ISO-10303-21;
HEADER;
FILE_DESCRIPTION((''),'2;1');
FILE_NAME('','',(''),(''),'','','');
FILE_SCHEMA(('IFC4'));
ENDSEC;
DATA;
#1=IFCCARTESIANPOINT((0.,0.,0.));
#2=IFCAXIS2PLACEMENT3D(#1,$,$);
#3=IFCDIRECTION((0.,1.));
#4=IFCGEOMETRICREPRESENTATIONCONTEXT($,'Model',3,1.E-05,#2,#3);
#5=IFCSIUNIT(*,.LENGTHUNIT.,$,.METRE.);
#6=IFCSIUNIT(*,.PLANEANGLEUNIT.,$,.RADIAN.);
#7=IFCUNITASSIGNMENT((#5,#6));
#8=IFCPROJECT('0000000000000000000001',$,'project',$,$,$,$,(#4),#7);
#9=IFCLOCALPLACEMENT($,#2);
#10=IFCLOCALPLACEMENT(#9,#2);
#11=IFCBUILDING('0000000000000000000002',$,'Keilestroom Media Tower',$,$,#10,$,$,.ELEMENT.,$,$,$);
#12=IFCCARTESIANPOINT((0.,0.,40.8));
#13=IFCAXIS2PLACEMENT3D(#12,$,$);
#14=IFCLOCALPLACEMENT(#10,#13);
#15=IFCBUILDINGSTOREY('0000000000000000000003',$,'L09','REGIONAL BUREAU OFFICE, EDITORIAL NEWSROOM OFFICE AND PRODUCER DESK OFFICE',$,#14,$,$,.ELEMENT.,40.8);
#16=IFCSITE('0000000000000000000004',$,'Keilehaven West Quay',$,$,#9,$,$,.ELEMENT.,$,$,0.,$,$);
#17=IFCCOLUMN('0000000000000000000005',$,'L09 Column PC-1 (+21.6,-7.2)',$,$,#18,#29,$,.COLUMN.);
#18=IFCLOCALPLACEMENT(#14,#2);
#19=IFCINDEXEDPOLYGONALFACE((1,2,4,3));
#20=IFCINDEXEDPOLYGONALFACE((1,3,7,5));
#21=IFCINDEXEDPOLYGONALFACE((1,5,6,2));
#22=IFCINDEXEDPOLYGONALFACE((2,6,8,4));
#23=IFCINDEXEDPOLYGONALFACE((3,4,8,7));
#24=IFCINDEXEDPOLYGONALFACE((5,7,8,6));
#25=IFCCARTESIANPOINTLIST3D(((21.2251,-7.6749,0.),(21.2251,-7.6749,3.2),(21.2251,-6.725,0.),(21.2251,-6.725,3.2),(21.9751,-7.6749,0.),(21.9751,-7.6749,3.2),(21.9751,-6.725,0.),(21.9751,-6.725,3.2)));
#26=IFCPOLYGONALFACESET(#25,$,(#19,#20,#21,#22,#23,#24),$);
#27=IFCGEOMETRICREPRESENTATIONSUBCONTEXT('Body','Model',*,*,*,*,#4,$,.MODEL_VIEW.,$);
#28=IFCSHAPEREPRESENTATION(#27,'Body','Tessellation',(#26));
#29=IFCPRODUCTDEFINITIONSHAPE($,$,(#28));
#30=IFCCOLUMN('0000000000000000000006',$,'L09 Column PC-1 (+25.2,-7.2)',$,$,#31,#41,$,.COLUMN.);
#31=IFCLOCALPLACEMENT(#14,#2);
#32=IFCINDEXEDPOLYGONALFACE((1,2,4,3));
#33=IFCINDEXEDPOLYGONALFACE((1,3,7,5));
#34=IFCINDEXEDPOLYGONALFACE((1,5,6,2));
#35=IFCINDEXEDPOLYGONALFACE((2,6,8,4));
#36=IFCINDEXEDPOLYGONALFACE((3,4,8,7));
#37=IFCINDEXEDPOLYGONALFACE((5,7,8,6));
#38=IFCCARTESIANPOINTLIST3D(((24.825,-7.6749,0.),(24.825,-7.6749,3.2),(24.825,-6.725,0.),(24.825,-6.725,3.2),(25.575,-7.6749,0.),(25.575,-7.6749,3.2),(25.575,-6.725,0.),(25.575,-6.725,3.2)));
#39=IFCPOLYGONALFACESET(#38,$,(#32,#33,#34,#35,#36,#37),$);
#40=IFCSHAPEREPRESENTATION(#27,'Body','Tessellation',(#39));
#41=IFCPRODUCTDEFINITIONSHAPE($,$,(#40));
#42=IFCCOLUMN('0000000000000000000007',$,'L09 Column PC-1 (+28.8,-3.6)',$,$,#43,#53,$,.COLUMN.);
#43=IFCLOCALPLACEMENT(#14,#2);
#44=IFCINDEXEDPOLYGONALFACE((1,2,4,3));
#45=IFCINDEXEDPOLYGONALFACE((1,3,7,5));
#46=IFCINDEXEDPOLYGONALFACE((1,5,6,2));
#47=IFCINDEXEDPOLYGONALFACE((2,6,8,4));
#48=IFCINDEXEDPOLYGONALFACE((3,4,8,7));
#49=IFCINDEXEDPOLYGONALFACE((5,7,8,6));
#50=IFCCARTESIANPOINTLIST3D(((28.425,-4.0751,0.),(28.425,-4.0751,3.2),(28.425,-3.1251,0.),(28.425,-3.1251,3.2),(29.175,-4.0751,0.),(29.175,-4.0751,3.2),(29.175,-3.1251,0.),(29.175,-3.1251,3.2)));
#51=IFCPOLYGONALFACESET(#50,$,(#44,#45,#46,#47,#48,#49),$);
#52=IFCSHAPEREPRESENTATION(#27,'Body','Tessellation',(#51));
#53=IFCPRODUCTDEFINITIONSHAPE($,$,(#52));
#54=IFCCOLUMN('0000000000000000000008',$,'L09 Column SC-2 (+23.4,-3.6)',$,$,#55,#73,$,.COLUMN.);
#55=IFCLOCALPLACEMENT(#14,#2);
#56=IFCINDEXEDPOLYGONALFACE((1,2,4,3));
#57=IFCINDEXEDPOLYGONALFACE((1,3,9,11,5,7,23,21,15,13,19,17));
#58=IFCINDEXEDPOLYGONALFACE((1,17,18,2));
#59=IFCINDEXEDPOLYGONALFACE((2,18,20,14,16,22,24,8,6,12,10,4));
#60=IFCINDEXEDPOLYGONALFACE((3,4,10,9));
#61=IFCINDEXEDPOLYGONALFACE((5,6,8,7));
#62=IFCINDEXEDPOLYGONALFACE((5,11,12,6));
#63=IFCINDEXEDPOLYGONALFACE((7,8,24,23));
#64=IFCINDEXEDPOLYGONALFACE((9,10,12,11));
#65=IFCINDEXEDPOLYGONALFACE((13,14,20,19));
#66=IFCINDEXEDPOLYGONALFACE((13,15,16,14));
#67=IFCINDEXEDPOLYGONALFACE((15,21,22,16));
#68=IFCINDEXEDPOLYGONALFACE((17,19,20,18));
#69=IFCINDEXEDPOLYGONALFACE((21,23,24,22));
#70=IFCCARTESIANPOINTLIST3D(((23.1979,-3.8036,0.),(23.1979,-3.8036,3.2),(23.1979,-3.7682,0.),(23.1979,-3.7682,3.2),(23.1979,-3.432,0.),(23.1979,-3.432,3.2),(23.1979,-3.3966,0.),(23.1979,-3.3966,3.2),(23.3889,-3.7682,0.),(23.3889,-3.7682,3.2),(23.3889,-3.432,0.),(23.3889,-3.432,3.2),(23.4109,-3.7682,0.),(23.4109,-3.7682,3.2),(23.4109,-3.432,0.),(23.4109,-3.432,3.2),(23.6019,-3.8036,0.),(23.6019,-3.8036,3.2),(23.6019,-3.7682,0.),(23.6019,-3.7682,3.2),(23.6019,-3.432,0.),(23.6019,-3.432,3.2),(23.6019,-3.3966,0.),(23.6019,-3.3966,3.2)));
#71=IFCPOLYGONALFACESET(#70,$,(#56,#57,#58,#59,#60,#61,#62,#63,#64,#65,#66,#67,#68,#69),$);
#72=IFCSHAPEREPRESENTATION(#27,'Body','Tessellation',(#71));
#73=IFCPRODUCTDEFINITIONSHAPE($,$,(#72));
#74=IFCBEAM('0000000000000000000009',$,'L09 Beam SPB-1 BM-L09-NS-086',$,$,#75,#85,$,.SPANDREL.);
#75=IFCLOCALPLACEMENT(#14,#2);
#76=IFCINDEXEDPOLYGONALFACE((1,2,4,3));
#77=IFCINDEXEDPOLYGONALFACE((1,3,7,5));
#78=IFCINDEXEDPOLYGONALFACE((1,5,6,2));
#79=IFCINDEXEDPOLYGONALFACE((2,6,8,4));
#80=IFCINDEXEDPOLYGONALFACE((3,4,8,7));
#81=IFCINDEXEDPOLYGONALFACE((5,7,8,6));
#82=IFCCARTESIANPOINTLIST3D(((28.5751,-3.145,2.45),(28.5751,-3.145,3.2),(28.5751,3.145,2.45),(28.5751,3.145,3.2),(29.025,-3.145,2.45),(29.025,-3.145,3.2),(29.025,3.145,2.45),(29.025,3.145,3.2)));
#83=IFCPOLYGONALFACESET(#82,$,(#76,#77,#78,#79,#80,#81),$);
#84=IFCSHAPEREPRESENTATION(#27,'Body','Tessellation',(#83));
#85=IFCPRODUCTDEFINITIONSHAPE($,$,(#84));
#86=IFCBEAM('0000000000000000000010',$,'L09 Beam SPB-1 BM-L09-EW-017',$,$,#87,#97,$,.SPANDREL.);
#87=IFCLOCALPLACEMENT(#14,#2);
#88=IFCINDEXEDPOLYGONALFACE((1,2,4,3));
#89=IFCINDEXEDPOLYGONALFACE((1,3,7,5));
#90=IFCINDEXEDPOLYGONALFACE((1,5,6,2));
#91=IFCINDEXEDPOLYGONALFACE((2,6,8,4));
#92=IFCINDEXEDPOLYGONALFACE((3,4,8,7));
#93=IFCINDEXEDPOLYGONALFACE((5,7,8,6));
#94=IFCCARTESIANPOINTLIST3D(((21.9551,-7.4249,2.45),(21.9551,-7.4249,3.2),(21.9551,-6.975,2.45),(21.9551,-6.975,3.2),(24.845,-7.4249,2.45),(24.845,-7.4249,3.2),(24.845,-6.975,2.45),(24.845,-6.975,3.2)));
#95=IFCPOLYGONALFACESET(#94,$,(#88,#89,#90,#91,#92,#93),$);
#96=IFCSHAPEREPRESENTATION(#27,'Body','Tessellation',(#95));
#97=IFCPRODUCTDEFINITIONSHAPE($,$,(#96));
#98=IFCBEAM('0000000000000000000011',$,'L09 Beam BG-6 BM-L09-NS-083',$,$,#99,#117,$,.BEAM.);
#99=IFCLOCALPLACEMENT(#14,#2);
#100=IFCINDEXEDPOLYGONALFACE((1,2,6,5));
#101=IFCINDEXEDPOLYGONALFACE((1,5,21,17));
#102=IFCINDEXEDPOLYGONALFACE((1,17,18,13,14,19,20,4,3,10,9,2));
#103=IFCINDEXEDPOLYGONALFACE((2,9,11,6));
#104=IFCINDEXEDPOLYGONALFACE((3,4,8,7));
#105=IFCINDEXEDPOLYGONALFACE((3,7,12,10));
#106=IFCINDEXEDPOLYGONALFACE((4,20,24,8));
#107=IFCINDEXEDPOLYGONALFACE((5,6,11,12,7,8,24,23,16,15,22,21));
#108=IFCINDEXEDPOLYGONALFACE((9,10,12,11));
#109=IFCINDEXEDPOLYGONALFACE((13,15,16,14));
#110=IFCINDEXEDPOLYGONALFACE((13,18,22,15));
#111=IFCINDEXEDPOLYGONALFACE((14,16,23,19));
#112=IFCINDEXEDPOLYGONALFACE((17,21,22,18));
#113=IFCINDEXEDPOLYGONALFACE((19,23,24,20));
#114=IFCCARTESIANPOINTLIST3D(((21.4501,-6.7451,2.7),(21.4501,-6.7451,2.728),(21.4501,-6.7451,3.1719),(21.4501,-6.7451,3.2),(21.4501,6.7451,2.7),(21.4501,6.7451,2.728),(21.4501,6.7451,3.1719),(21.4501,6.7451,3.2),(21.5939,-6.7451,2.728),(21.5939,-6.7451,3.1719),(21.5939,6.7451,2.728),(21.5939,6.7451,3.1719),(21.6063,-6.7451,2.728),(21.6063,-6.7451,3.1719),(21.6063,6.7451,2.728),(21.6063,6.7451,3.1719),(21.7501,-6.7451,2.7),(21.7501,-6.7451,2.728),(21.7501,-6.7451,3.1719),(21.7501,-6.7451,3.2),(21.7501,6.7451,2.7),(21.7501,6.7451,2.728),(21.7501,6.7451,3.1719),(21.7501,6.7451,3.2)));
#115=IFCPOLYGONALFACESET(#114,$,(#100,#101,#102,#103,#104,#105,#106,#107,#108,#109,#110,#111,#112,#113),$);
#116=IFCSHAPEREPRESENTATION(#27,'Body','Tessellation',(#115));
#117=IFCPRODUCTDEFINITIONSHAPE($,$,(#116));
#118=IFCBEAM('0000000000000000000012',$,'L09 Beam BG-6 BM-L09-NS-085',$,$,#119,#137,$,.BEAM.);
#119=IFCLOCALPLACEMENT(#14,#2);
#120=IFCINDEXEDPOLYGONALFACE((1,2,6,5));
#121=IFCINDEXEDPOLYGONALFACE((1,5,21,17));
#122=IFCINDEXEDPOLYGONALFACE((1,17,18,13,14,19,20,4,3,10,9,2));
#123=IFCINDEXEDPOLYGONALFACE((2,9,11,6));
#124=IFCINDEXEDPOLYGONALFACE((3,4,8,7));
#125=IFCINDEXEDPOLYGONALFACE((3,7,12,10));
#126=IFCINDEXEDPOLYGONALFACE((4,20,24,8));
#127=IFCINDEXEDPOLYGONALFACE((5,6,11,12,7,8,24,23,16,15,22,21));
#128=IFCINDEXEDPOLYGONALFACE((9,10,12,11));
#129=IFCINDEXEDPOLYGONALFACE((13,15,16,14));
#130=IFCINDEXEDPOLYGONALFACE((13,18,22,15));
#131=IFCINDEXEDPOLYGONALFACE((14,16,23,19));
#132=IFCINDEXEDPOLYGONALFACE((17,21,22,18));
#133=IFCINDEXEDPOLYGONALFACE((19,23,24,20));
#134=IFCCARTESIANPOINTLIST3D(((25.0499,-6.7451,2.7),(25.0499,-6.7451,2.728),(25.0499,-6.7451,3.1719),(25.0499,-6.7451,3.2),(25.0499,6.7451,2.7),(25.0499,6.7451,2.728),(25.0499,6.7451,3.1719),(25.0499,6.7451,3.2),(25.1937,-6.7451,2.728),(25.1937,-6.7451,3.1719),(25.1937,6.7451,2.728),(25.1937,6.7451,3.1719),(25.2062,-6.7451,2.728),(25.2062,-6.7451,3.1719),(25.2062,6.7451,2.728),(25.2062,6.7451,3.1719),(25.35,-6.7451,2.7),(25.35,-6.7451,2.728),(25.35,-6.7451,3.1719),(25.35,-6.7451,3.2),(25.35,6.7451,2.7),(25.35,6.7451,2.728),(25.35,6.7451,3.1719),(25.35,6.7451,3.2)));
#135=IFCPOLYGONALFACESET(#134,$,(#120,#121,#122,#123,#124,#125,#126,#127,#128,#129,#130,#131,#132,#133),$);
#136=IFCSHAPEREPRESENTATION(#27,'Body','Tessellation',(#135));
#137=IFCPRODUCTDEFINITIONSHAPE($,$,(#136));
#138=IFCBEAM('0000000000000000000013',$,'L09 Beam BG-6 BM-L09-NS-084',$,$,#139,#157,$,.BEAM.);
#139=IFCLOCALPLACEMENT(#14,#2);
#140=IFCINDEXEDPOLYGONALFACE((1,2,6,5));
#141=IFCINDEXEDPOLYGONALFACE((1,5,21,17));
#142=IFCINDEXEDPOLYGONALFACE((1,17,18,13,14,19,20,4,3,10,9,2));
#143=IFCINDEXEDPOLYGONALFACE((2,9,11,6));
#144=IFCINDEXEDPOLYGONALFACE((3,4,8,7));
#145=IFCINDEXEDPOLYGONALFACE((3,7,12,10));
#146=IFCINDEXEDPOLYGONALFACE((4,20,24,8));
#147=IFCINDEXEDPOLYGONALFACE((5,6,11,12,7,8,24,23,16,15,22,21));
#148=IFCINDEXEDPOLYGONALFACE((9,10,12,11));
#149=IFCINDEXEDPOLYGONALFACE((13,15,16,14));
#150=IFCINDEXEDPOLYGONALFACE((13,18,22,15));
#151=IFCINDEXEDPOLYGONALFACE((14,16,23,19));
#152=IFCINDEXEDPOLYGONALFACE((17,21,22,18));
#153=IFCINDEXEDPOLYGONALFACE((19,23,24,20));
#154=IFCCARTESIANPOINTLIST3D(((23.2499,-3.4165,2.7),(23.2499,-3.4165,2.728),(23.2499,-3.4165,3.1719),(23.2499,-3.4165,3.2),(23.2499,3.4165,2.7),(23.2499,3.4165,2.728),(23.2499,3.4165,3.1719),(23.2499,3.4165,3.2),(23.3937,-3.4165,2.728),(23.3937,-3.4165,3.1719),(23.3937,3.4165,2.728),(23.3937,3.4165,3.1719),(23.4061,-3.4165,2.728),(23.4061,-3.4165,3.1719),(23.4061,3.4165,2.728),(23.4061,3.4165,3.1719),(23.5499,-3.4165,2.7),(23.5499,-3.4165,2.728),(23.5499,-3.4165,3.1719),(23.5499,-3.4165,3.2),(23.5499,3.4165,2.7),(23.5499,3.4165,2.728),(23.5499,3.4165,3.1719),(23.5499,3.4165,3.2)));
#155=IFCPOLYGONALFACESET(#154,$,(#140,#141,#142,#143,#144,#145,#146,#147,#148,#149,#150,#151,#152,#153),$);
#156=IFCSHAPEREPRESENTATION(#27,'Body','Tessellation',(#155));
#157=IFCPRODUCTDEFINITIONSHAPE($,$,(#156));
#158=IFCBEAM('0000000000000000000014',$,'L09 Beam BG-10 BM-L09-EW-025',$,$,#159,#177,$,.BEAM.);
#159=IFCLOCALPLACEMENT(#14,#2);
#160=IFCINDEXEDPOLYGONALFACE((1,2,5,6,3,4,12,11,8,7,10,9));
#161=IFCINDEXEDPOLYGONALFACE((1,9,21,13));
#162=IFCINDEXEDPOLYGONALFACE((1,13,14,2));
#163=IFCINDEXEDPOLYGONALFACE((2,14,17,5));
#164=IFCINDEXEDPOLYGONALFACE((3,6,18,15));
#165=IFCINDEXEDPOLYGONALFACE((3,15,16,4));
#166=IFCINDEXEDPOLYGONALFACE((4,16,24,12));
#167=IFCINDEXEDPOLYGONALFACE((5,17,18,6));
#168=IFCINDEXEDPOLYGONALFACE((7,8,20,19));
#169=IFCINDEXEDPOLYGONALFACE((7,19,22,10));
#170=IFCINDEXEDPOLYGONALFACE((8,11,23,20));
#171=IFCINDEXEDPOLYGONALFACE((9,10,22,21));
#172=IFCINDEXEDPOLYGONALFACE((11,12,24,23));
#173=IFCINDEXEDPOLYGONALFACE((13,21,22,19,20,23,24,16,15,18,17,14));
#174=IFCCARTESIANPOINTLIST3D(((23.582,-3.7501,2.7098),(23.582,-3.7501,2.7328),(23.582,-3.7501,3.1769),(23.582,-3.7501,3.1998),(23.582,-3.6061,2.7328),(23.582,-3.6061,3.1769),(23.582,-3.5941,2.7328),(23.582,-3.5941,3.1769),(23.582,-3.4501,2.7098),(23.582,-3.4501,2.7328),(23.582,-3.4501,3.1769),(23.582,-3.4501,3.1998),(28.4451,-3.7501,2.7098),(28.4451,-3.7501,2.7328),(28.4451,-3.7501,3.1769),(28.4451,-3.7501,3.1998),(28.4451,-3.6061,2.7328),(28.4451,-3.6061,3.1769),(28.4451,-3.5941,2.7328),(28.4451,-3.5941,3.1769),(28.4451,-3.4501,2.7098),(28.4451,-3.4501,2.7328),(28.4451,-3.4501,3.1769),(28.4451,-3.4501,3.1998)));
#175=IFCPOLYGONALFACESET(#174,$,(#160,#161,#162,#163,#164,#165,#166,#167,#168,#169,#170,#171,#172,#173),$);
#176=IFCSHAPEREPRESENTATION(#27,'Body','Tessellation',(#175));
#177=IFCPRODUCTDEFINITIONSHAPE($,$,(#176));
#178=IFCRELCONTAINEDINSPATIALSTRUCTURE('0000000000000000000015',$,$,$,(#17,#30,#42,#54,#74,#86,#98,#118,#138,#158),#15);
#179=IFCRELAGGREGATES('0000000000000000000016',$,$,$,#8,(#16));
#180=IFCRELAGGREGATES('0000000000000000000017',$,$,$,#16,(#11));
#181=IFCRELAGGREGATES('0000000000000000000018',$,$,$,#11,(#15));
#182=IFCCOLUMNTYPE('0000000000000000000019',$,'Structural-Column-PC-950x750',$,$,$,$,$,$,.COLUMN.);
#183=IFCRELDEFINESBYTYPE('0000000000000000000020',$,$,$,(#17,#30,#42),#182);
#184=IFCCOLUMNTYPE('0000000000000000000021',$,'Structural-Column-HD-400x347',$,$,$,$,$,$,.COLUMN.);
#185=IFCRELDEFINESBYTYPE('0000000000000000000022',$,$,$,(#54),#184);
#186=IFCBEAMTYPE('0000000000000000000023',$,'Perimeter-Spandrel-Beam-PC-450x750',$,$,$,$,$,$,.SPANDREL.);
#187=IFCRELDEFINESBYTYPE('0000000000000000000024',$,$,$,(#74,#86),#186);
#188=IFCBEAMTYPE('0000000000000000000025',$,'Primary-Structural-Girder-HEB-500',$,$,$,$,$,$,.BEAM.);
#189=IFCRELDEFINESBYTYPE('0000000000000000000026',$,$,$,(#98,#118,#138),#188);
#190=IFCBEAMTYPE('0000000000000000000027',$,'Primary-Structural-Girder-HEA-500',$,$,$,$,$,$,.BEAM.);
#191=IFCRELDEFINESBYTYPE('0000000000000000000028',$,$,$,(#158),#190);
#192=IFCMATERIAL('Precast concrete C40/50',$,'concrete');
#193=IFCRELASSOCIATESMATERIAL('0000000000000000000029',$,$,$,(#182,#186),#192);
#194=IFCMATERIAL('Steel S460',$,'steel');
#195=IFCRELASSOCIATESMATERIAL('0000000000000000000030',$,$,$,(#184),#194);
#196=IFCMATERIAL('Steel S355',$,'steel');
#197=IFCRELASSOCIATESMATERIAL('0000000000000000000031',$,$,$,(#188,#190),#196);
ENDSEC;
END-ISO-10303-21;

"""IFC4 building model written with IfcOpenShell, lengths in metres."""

from ifc_helpers import new_model, si_unit, direction, frame, origin, origin_2d, place, context, subcontext, project, spatial, rectangle, i_section, extrude, source, transform, mapped, material, material_profile, profile_set, type_object, element, save


model = new_model("IFC4")

# Units and contexts
model_context = context("Model", 3, precision=1e-05, world=origin(), true_north=direction((0.0, 1.0)))
body_context = subcontext(model_context, "Body", "Model", "MODEL_VIEW")
ifc_project = project(units=[si_unit("LENGTHUNIT", "METRE"), si_unit("PLANEANGLEUNIT", "RADIAN")], contexts=[model_context])

# Site, building, storey
site_placement = place(None, origin())
site = spatial("IfcSite", under=ifc_project, at=site_placement, Name="Keilehaven West Quay", CompositionType="ELEMENT", RefElevation=0.0)
building_placement = place(site_placement, origin())
building = spatial("IfcBuilding", under=site, at=building_placement, Name="Keilestroom Media Tower", CompositionType="ELEMENT")
storey_placement = place(building_placement, frame((0.0, 0.0, 40.8)))
storey = spatial("IfcBuildingStorey", under=building, at=storey_placement, Name="L09", Description="REGIONAL BUREAU OFFICE, EDITORIAL NEWSROOM OFFICE AND PRODUCER DESK OFFICE", CompositionType="ELEMENT", Elevation=40.8)

# Columns
ifc_material_1 = material(Name="Precast concrete C40/50", Category="concrete")
ifc_material_profile_1 = material_profile(ifc_material_1, rectangle(XDim=0.75, YDim=0.95, at=origin_2d()), Name="PC 950x750")
ifc_profile_set_1 = profile_set([ifc_material_profile_1], Name="Precast concrete C40/50")
column_type_1 = type_object("IfcColumnType", Name="Structural-Column-PC-950x750", PredefinedType="COLUMN", material=ifc_profile_set_1)
shared_shape_1 = source(origin(), body_context, "Body", "SweptSolid", [
    extrude(rectangle(XDim=0.75, YDim=0.95, at=origin_2d()), origin(), (0.0, 0.0, 1.0), 3.2),
])
for number, where, z_axis, x_axis, name in (
    (1, (21.6001, -7.2, 0.0), (0.0, 0.0, 1.0), (1.0, 0.0, 0.0), "L09 Column PC-1 (+21.6,-7.2)"),
    (2, (25.2, -7.2, 0.0), (0.0, 0.0, 1.0), (1.0, 0.0, 0.0), "L09 Column PC-1 (+25.2,-7.2)"),
    (3, (28.8, -3.6001, 0.0), (0.0, 0.0, 1.0), (1.0, 0.0, 0.0), "L09 Column PC-1 (+28.8,-3.6)"),
):
    element("IfcColumn", number, at=place(storey_placement, frame(where, z_axis=z_axis, x_axis=x_axis)), inside=storey, type_object=column_type_1, Name=name, PredefinedType="COLUMN", context=body_context, shape_type="MappedRepresentation", body=[
        mapped(shared_shape_1, transform((0.0, 0.0, 0.0), x_axis=(1.0, 0.0, 0.0), y_axis=(0.0, 1.0, 0.0), z_axis=(0.0, 0.0, 1.0), scale=1.0)),
    ])
ifc_material_2 = material(Name="Steel S460", Category="steel")
ifc_material_profile_2 = material_profile(ifc_material_2, i_section(OverallWidth=0.4041, OverallDepth=0.407, WebThickness=0.022, FlangeThickness=0.0354, at=origin_2d()), Name="HD 400x347")
ifc_profile_set_2 = profile_set([ifc_material_profile_2], Name="Steel S460")
column_type_2 = type_object("IfcColumnType", Name="Structural-Column-HD-400x347", PredefinedType="COLUMN", material=ifc_profile_set_2)
shared_shape_2 = source(origin(), body_context, "Body", "SweptSolid", [
    extrude(i_section(OverallWidth=0.4041, OverallDepth=0.407, WebThickness=0.022, FlangeThickness=0.0354, at=origin_2d()), origin(), (0.0, 0.0, 1.0), 3.2),
])
column_placement = place(storey_placement, frame((23.3999, -3.6001, 0.0), z_axis=(0.0, 0.0, 1.0), x_axis=(1.0, 0.0, 0.0)))
element("IfcColumn", 4, at=column_placement, inside=storey, type_object=column_type_2, Name="L09 Column SC-2 (+23.4,-3.6)", PredefinedType="COLUMN", context=body_context, shape_type="MappedRepresentation", body=[
    mapped(shared_shape_2, transform((0.0, 0.0, 0.0), x_axis=(1.0, 0.0, 0.0), y_axis=(0.0, 1.0, 0.0), z_axis=(0.0, 0.0, 1.0), scale=1.0)),
])

# Beams
ifc_material_profile_3 = material_profile(ifc_material_1, rectangle(XDim=0.45, YDim=0.75, at=origin_2d()), Name="PC 450x750")
ifc_profile_set_3 = profile_set([ifc_material_profile_3], Name="Precast concrete C40/50")
beam_type_1 = type_object("IfcBeamType", Name="Perimeter-Spandrel-Beam-PC-450x750", PredefinedType="SPANDREL", material=ifc_profile_set_3)
shared_shape_3 = source(origin(), body_context, "Body", "SweptSolid", [
    extrude(rectangle(XDim=0.45, YDim=0.75, at=origin_2d()), origin(), (0.0, 0.0, 1.0), 6.29),
])
beam_1_placement = place(storey_placement, frame((28.8, -3.145, 2.825), z_axis=(0.0, 1.0, 0.0), x_axis=(-1.0, 0.0, 0.0)))
element("IfcBeam", 5, at=beam_1_placement, inside=storey, type_object=beam_type_1, Name="L09 Beam SPB-1 BM-L09-NS-086", PredefinedType="SPANDREL", context=body_context, shape_type="MappedRepresentation", body=[
    mapped(shared_shape_3, transform((0.0, 0.0, 0.0), x_axis=(1.0, 0.0, 0.0), y_axis=(0.0, 1.0, 0.0), z_axis=(0.0, 0.0, 1.0), scale=1.0)),
])
shared_shape_4 = source(origin(), body_context, "Body", "SweptSolid", [
    extrude(rectangle(XDim=0.45, YDim=0.75, at=origin_2d()), origin(), (0.0, 0.0, 1.0), 2.8899),
])
beam_2_placement = place(storey_placement, frame((21.9551, -7.2, 2.825), z_axis=(1.0, 0.0, 0.0), x_axis=(0.0, 1.0, 0.0)))
element("IfcBeam", 6, at=beam_2_placement, inside=storey, type_object=beam_type_1, Name="L09 Beam SPB-1 BM-L09-EW-017", PredefinedType="SPANDREL", context=body_context, shape_type="MappedRepresentation", body=[
    mapped(shared_shape_4, transform((0.0, 0.0, 0.0), x_axis=(1.0, 0.0, 0.0), y_axis=(0.0, 1.0, 0.0), z_axis=(0.0, 0.0, 1.0), scale=1.0)),
])
ifc_material_3 = material(Name="Steel S355", Category="steel")
ifc_material_profile_4 = material_profile(ifc_material_3, i_section(OverallWidth=0.3, OverallDepth=0.5, WebThickness=0.0125, FlangeThickness=0.0281, at=origin_2d()), Name="HEB 500")
ifc_profile_set_4 = profile_set([ifc_material_profile_4], Name="Steel S355")
beam_type_2 = type_object("IfcBeamType", Name="Primary-Structural-Girder-HEB-500", PredefinedType="BEAM", material=ifc_profile_set_4)
shared_shape_5 = source(origin(), body_context, "Body", "SweptSolid", [
    extrude(i_section(OverallWidth=0.3, OverallDepth=0.5, WebThickness=0.0125, FlangeThickness=0.0281, at=origin_2d()), origin(), (0.0, 0.0, 1.0), 13.4902),
])
for number, where, z_axis, x_axis, name in (
    (7, (21.6001, -6.7451, 2.95), (0.0, 1.0, 0.0), (-1.0, 0.0, 0.0), "L09 Beam BG-6 BM-L09-NS-083"),
    (8, (25.2, -6.7451, 2.95), (0.0, 1.0, 0.0), (-1.0, 0.0, 0.0), "L09 Beam BG-6 BM-L09-NS-085"),
):
    element("IfcBeam", number, at=place(storey_placement, frame(where, z_axis=z_axis, x_axis=x_axis)), inside=storey, type_object=beam_type_2, Name=name, PredefinedType="BEAM", context=body_context, shape_type="MappedRepresentation", body=[
        mapped(shared_shape_5, transform((0.0, 0.0, 0.0), x_axis=(1.0, 0.0, 0.0), y_axis=(0.0, 1.0, 0.0), z_axis=(0.0, 0.0, 1.0), scale=1.0)),
    ])
shared_shape_6 = source(origin(), body_context, "Body", "SweptSolid", [
    extrude(i_section(OverallWidth=0.3, OverallDepth=0.5, WebThickness=0.0125, FlangeThickness=0.0281, at=origin_2d()), origin(), (0.0, 0.0, 1.0), 6.833),
])
beam_3_placement = place(storey_placement, frame((23.3999, -3.4165, 2.95), z_axis=(0.0, 1.0, 0.0), x_axis=(-1.0, 0.0, 0.0)))
element("IfcBeam", 9, at=beam_3_placement, inside=storey, type_object=beam_type_2, Name="L09 Beam BG-6 BM-L09-NS-084", PredefinedType="BEAM", context=body_context, shape_type="MappedRepresentation", body=[
    mapped(shared_shape_6, transform((0.0, 0.0, 0.0), x_axis=(1.0, 0.0, 0.0), y_axis=(0.0, 1.0, 0.0), z_axis=(0.0, 0.0, 1.0), scale=1.0)),
])
ifc_material_profile_5 = material_profile(ifc_material_3, i_section(OverallWidth=0.3, OverallDepth=0.49, WebThickness=0.012, FlangeThickness=0.0229, at=origin_2d()), Name="HEA 500")
ifc_profile_set_5 = profile_set([ifc_material_profile_5], Name="Steel S355")
beam_type_3 = type_object("IfcBeamType", Name="Primary-Structural-Girder-HEA-500", PredefinedType="BEAM", material=ifc_profile_set_5)
shared_shape_7 = source(origin(), body_context, "Body", "SweptSolid", [
    extrude(i_section(OverallWidth=0.3, OverallDepth=0.49, WebThickness=0.012, FlangeThickness=0.0229, at=origin_2d()), origin(), (0.0, 0.0, 1.0), 4.863),
])
beam_4_placement = place(storey_placement, frame((23.582, -3.6001, 2.9548), z_axis=(1.0, 0.0, 0.0), x_axis=(0.0, 1.0, 0.0)))
element("IfcBeam", 10, at=beam_4_placement, inside=storey, type_object=beam_type_3, Name="L09 Beam BG-10 BM-L09-EW-025", PredefinedType="BEAM", context=body_context, shape_type="MappedRepresentation", body=[
    mapped(shared_shape_7, transform((0.0, 0.0, 0.0), x_axis=(1.0, 0.0, 0.0), y_axis=(0.0, 1.0, 0.0), z_axis=(0.0, 0.0, 1.0), scale=1.0)),
])

save(model, "model.ifc")
